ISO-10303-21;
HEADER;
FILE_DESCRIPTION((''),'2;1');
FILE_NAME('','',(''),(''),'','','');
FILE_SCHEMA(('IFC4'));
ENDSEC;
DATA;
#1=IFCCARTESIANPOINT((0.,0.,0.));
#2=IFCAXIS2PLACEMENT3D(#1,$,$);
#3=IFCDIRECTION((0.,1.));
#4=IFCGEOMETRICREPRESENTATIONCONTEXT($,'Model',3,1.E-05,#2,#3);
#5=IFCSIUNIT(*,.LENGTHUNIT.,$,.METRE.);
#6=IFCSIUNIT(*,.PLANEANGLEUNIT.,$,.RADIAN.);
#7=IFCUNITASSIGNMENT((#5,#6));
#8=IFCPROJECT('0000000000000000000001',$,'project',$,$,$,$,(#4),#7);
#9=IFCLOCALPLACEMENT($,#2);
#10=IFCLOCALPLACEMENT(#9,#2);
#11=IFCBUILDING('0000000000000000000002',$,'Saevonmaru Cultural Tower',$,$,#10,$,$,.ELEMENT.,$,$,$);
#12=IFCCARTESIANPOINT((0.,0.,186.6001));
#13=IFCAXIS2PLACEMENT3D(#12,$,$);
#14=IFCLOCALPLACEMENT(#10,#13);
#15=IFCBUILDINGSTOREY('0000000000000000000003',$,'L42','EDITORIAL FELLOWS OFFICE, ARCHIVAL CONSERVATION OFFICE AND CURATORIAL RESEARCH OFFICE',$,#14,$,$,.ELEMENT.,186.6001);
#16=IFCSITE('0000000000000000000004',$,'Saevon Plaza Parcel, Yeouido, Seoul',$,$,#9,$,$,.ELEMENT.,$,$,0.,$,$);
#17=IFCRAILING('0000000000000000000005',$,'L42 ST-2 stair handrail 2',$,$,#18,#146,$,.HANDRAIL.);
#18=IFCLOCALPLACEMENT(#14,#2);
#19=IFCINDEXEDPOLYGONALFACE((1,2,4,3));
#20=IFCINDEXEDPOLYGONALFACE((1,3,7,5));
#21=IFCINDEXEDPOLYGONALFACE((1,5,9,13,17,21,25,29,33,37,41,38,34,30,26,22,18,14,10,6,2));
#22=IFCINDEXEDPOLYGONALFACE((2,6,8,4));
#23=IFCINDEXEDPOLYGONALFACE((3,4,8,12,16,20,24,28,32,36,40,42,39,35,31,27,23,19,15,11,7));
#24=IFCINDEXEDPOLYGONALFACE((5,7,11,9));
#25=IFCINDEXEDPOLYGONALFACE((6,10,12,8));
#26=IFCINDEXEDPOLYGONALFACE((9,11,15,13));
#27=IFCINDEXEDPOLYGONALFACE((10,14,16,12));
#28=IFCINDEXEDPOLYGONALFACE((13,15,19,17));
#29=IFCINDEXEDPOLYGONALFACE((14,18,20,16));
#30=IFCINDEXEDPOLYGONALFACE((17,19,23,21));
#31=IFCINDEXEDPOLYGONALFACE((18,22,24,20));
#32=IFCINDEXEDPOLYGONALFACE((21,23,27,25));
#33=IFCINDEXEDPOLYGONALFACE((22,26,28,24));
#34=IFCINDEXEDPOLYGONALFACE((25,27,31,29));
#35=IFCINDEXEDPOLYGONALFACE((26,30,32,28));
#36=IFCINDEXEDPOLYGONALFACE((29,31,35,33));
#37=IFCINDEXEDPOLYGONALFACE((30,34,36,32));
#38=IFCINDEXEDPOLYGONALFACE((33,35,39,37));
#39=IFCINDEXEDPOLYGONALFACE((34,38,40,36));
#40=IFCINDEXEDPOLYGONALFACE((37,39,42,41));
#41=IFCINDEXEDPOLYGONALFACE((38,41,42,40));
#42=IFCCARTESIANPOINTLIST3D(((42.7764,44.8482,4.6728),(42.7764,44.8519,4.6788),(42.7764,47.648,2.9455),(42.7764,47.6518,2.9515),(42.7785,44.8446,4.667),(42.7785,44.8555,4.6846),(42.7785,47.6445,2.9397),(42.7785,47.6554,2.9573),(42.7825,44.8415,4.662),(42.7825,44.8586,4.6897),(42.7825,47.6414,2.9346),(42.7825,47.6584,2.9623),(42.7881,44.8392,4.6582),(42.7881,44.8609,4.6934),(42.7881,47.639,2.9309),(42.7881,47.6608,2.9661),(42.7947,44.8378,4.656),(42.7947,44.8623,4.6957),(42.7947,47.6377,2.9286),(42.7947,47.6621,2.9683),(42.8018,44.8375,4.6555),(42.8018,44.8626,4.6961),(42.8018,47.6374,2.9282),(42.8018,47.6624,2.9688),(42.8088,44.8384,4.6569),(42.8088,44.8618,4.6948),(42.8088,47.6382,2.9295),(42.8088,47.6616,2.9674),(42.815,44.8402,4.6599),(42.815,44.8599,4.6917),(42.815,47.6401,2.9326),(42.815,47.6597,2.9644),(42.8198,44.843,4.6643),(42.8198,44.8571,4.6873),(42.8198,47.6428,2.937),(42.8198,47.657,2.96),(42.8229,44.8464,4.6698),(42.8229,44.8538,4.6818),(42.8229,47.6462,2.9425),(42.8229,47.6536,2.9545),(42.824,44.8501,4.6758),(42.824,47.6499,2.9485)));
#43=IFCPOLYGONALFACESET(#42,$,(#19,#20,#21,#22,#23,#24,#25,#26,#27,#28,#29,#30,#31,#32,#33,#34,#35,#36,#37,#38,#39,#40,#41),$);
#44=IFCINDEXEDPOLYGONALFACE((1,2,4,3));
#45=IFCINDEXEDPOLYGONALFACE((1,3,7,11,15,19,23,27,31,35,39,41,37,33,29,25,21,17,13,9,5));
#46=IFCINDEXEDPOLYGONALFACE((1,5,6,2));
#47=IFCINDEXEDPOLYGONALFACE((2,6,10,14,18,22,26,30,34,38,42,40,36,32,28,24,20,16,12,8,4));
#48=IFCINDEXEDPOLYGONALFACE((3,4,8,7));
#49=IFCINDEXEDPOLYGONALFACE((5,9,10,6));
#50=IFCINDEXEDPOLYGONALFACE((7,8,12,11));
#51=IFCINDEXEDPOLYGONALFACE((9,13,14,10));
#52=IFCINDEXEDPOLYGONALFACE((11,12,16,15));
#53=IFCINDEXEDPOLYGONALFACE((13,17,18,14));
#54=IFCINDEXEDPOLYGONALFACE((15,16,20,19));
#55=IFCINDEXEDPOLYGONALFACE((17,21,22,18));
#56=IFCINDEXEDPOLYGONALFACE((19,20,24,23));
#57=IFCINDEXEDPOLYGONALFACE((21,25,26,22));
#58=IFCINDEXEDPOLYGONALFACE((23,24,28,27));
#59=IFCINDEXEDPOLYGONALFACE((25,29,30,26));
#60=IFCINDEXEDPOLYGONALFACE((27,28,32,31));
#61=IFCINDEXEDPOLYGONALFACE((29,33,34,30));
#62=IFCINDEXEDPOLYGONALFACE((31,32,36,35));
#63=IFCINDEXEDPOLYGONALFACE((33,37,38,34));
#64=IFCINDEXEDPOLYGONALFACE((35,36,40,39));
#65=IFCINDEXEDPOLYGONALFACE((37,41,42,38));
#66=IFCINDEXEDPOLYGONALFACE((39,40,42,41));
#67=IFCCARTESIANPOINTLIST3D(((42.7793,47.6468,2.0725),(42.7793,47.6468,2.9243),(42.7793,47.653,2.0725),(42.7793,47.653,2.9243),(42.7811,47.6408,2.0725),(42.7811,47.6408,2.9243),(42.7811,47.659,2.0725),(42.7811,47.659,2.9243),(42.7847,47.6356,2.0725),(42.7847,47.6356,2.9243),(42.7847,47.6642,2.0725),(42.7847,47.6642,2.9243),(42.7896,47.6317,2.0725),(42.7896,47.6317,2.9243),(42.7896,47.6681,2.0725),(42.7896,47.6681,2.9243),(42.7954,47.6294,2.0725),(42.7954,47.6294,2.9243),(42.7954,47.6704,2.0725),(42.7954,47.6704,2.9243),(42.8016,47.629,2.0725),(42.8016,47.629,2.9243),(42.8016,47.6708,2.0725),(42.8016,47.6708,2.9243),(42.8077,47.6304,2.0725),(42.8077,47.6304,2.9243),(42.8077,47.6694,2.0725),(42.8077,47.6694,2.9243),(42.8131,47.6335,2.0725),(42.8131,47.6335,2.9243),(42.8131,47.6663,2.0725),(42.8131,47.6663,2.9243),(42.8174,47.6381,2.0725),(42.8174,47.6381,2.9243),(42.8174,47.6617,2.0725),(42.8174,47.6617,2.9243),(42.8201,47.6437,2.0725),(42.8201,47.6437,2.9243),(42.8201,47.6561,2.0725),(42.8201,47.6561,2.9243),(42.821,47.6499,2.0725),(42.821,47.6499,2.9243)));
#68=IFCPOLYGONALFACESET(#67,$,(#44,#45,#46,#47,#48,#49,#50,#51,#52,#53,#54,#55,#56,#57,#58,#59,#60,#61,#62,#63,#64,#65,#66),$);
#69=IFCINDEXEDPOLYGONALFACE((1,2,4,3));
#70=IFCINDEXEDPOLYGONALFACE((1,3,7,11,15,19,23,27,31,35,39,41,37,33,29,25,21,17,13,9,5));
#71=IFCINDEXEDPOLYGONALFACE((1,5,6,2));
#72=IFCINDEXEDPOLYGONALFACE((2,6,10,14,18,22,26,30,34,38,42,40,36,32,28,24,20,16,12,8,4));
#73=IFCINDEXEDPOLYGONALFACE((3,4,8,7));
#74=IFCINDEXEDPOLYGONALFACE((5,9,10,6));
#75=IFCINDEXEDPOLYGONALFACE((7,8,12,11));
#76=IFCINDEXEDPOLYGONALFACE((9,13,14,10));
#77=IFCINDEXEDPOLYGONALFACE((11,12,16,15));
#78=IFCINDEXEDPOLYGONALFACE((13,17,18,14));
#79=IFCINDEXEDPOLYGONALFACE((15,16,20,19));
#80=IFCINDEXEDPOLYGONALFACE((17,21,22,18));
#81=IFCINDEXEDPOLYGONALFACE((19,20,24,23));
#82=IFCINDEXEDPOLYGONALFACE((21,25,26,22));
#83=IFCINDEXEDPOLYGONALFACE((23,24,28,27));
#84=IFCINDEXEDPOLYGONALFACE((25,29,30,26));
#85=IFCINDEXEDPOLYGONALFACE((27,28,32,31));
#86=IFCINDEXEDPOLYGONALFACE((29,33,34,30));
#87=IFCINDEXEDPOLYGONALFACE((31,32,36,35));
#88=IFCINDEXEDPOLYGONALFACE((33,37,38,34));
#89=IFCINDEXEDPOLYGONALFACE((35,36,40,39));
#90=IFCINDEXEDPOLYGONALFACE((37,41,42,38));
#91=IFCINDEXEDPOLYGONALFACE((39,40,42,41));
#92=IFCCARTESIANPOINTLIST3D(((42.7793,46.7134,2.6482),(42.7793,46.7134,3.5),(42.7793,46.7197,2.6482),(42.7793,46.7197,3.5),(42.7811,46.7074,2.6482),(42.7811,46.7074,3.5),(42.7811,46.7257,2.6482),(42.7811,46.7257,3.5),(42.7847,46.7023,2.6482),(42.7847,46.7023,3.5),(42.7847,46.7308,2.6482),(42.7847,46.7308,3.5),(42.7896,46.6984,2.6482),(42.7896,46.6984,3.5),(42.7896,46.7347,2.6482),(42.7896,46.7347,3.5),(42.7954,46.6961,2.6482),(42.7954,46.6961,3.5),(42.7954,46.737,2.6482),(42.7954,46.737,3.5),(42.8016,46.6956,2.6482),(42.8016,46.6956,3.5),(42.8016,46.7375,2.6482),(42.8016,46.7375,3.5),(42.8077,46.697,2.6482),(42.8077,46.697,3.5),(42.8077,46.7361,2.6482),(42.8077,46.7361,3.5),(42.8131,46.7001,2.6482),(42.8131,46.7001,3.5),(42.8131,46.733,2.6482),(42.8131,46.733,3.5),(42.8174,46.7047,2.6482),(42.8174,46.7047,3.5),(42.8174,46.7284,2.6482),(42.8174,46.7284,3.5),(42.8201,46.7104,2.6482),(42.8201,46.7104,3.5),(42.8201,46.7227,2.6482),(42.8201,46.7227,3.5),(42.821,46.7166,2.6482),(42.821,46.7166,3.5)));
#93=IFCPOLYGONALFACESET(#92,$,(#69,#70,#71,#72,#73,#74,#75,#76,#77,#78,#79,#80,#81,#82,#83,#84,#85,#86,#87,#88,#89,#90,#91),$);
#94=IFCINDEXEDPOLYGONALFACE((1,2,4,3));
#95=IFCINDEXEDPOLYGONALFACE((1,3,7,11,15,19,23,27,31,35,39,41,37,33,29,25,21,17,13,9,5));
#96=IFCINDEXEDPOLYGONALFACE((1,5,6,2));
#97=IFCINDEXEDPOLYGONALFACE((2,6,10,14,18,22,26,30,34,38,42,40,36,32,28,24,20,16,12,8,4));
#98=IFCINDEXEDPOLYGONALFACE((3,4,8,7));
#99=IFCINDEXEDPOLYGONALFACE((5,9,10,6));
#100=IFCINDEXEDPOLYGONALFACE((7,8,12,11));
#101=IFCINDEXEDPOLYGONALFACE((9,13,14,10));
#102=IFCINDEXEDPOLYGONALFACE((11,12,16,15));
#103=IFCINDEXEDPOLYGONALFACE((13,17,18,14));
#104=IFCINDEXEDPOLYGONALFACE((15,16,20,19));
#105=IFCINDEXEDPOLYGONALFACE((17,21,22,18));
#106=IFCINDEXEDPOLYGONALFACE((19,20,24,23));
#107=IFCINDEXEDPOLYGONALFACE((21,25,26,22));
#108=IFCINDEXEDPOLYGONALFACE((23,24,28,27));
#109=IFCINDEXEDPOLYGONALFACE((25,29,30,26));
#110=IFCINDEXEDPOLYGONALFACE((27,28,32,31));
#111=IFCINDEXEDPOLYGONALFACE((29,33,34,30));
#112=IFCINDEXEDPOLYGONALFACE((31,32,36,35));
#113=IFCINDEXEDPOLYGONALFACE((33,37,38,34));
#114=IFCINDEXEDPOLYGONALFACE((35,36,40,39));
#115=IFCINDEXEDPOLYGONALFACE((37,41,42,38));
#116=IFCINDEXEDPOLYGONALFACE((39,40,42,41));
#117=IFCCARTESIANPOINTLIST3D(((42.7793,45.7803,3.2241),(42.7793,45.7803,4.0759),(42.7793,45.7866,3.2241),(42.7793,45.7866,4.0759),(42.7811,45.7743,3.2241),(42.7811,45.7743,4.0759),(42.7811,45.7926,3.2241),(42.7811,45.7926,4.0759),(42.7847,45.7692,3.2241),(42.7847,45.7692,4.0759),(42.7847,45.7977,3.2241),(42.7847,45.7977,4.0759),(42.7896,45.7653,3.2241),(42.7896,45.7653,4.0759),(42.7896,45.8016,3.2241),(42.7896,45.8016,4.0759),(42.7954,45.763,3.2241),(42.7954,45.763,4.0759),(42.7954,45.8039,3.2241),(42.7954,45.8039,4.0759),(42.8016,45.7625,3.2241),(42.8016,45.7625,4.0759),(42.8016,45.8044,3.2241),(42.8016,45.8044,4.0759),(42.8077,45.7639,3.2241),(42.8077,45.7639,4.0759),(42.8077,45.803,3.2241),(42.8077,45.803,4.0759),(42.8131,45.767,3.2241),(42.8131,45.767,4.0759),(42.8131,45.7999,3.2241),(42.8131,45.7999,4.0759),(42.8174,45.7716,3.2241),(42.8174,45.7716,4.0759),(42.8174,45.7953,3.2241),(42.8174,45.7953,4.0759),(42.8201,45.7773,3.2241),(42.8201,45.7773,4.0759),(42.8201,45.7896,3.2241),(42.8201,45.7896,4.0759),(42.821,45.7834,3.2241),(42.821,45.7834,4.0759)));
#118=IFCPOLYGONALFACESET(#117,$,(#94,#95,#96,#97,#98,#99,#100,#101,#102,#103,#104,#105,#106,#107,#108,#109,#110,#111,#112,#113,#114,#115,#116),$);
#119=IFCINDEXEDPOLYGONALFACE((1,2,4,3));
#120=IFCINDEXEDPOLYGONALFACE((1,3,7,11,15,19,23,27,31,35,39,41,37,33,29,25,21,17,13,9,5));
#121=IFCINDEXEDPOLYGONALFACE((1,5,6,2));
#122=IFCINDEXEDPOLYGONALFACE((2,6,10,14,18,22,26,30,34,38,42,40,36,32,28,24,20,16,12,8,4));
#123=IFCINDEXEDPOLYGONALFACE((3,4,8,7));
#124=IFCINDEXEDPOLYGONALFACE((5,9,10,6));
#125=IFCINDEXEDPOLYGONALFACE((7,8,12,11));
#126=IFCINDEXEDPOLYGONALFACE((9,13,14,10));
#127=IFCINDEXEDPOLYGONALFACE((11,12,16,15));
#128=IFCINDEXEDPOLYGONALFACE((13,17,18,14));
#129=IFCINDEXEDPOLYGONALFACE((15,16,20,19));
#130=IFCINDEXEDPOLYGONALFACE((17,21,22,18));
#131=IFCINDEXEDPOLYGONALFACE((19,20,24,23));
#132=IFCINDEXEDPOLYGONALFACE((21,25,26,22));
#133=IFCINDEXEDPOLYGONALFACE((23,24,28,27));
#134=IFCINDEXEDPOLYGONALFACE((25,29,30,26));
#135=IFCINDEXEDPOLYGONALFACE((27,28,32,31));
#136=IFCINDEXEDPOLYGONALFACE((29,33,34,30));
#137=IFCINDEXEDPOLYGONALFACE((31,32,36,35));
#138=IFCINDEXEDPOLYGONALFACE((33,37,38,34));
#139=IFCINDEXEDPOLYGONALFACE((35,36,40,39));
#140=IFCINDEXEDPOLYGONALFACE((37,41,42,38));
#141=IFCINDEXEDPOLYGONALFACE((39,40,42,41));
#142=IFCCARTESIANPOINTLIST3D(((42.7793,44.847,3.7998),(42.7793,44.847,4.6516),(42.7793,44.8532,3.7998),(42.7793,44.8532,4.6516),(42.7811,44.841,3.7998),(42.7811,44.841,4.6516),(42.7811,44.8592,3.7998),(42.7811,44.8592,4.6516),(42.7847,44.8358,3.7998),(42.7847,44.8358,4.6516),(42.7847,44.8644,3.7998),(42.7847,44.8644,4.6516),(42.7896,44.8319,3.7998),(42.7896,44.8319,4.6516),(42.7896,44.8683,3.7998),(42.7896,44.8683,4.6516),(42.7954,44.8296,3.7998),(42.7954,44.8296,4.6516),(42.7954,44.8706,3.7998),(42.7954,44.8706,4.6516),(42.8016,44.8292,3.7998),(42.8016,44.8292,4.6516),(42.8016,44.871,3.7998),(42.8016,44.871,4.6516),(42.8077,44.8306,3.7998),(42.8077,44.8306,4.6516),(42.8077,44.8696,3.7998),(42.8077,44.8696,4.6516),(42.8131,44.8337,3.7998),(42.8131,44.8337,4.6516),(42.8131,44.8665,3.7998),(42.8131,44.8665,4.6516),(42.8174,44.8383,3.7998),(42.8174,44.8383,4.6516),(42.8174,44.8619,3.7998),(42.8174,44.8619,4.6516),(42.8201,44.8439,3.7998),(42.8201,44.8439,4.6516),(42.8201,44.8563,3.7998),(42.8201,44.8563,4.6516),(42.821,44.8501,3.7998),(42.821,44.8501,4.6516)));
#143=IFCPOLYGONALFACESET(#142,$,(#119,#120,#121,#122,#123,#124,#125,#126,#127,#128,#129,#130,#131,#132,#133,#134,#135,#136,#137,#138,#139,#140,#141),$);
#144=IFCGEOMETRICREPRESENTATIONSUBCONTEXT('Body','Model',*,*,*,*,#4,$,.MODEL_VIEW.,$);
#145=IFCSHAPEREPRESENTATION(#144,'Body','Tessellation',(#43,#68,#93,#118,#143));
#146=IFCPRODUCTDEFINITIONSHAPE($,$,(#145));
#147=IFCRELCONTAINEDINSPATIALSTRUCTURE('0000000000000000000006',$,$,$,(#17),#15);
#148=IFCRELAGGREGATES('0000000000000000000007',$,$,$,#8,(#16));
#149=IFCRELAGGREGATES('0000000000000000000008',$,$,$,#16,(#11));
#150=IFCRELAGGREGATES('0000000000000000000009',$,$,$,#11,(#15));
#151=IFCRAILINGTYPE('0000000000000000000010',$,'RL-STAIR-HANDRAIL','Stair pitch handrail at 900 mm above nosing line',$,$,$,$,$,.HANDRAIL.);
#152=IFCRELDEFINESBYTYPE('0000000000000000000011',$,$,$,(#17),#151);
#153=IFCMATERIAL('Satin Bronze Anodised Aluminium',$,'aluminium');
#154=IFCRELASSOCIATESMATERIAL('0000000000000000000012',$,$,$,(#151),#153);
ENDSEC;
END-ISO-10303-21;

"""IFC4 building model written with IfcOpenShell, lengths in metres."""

from ifc_helpers import new_model, si_unit, direction, frame, origin, origin_2d, place, context, subcontext, project, spatial, circle, extrude, material, type_object, element, save


model = new_model("IFC4")

# Units and contexts
model_context = context("Model", 3, precision=1e-05, world=origin(), true_north=direction((0.0, 1.0)))
body_context = subcontext(model_context, "Body", "Model", "MODEL_VIEW")
ifc_project = project(units=[si_unit("LENGTHUNIT", "METRE"), si_unit("PLANEANGLEUNIT", "RADIAN")], contexts=[model_context])

# Site, building, storey
site_placement = place(None, origin())
site = spatial("IfcSite", under=ifc_project, at=site_placement, Name="Saevon Plaza Parcel, Yeouido, Seoul", CompositionType="ELEMENT", RefElevation=0.0)
building_placement = place(site_placement, origin())
building = spatial("IfcBuilding", under=site, at=building_placement, Name="Saevonmaru Cultural Tower", CompositionType="ELEMENT")
storey_placement = place(building_placement, frame((0.0, 0.0, 186.6001)))
storey = spatial("IfcBuildingStorey", under=building, at=storey_placement, Name="L42", Description="EDITORIAL FELLOWS OFFICE, ARCHIVAL CONSERVATION OFFICE AND CURATORIAL RESEARCH OFFICE", CompositionType="ELEMENT", Elevation=186.6001)

# Shared definitions
ifc_material_1 = material(Name="Satin Bronze Anodised Aluminium", Category="aluminium")

# Railing
railing_type = type_object("IfcRailingType", Name="RL-STAIR-HANDRAIL", Description="Stair pitch handrail at 900 mm above nosing line", PredefinedType="HANDRAIL", material=ifc_material_1)
railing_placement = place(storey_placement, frame((42.8, 47.6499, 2.0725)))
element("IfcRailing", 1, at=railing_placement, inside=storey, type_object=railing_type, Name="L42 ST-2 stair handrail 2", PredefinedType="HANDRAIL", context=body_context, shape_type="SweptSolid", body=[
    extrude(circle(Radius=0.0239, at=origin_2d()), frame((0.0, 0.0, 0.876), z_axis=(0.0, -0.851069, 0.525054), x_axis=(1.0, 0.0, 0.0)), (0.0, 0.0, 1.0), 3.2898),
    extrude(circle(Radius=0.021, at=origin_2d()), origin(), (0.0, 0.0, 1.0), 0.8518),
    extrude(circle(Radius=0.021, at=origin_2d()), frame((0.0, -0.9333, 0.5757)), (0.0, 0.0, 1.0), 0.8518),
    extrude(circle(Radius=0.021, at=origin_2d()), frame((0.0, -1.8665, 1.1516)), (0.0, 0.0, 1.0), 0.8518),
    extrude(circle(Radius=0.021, at=origin_2d()), frame((0.0, -2.7998, 1.7273)), (0.0, 0.0, 1.0), 0.8518),
])

save(model, "model.ifc")
